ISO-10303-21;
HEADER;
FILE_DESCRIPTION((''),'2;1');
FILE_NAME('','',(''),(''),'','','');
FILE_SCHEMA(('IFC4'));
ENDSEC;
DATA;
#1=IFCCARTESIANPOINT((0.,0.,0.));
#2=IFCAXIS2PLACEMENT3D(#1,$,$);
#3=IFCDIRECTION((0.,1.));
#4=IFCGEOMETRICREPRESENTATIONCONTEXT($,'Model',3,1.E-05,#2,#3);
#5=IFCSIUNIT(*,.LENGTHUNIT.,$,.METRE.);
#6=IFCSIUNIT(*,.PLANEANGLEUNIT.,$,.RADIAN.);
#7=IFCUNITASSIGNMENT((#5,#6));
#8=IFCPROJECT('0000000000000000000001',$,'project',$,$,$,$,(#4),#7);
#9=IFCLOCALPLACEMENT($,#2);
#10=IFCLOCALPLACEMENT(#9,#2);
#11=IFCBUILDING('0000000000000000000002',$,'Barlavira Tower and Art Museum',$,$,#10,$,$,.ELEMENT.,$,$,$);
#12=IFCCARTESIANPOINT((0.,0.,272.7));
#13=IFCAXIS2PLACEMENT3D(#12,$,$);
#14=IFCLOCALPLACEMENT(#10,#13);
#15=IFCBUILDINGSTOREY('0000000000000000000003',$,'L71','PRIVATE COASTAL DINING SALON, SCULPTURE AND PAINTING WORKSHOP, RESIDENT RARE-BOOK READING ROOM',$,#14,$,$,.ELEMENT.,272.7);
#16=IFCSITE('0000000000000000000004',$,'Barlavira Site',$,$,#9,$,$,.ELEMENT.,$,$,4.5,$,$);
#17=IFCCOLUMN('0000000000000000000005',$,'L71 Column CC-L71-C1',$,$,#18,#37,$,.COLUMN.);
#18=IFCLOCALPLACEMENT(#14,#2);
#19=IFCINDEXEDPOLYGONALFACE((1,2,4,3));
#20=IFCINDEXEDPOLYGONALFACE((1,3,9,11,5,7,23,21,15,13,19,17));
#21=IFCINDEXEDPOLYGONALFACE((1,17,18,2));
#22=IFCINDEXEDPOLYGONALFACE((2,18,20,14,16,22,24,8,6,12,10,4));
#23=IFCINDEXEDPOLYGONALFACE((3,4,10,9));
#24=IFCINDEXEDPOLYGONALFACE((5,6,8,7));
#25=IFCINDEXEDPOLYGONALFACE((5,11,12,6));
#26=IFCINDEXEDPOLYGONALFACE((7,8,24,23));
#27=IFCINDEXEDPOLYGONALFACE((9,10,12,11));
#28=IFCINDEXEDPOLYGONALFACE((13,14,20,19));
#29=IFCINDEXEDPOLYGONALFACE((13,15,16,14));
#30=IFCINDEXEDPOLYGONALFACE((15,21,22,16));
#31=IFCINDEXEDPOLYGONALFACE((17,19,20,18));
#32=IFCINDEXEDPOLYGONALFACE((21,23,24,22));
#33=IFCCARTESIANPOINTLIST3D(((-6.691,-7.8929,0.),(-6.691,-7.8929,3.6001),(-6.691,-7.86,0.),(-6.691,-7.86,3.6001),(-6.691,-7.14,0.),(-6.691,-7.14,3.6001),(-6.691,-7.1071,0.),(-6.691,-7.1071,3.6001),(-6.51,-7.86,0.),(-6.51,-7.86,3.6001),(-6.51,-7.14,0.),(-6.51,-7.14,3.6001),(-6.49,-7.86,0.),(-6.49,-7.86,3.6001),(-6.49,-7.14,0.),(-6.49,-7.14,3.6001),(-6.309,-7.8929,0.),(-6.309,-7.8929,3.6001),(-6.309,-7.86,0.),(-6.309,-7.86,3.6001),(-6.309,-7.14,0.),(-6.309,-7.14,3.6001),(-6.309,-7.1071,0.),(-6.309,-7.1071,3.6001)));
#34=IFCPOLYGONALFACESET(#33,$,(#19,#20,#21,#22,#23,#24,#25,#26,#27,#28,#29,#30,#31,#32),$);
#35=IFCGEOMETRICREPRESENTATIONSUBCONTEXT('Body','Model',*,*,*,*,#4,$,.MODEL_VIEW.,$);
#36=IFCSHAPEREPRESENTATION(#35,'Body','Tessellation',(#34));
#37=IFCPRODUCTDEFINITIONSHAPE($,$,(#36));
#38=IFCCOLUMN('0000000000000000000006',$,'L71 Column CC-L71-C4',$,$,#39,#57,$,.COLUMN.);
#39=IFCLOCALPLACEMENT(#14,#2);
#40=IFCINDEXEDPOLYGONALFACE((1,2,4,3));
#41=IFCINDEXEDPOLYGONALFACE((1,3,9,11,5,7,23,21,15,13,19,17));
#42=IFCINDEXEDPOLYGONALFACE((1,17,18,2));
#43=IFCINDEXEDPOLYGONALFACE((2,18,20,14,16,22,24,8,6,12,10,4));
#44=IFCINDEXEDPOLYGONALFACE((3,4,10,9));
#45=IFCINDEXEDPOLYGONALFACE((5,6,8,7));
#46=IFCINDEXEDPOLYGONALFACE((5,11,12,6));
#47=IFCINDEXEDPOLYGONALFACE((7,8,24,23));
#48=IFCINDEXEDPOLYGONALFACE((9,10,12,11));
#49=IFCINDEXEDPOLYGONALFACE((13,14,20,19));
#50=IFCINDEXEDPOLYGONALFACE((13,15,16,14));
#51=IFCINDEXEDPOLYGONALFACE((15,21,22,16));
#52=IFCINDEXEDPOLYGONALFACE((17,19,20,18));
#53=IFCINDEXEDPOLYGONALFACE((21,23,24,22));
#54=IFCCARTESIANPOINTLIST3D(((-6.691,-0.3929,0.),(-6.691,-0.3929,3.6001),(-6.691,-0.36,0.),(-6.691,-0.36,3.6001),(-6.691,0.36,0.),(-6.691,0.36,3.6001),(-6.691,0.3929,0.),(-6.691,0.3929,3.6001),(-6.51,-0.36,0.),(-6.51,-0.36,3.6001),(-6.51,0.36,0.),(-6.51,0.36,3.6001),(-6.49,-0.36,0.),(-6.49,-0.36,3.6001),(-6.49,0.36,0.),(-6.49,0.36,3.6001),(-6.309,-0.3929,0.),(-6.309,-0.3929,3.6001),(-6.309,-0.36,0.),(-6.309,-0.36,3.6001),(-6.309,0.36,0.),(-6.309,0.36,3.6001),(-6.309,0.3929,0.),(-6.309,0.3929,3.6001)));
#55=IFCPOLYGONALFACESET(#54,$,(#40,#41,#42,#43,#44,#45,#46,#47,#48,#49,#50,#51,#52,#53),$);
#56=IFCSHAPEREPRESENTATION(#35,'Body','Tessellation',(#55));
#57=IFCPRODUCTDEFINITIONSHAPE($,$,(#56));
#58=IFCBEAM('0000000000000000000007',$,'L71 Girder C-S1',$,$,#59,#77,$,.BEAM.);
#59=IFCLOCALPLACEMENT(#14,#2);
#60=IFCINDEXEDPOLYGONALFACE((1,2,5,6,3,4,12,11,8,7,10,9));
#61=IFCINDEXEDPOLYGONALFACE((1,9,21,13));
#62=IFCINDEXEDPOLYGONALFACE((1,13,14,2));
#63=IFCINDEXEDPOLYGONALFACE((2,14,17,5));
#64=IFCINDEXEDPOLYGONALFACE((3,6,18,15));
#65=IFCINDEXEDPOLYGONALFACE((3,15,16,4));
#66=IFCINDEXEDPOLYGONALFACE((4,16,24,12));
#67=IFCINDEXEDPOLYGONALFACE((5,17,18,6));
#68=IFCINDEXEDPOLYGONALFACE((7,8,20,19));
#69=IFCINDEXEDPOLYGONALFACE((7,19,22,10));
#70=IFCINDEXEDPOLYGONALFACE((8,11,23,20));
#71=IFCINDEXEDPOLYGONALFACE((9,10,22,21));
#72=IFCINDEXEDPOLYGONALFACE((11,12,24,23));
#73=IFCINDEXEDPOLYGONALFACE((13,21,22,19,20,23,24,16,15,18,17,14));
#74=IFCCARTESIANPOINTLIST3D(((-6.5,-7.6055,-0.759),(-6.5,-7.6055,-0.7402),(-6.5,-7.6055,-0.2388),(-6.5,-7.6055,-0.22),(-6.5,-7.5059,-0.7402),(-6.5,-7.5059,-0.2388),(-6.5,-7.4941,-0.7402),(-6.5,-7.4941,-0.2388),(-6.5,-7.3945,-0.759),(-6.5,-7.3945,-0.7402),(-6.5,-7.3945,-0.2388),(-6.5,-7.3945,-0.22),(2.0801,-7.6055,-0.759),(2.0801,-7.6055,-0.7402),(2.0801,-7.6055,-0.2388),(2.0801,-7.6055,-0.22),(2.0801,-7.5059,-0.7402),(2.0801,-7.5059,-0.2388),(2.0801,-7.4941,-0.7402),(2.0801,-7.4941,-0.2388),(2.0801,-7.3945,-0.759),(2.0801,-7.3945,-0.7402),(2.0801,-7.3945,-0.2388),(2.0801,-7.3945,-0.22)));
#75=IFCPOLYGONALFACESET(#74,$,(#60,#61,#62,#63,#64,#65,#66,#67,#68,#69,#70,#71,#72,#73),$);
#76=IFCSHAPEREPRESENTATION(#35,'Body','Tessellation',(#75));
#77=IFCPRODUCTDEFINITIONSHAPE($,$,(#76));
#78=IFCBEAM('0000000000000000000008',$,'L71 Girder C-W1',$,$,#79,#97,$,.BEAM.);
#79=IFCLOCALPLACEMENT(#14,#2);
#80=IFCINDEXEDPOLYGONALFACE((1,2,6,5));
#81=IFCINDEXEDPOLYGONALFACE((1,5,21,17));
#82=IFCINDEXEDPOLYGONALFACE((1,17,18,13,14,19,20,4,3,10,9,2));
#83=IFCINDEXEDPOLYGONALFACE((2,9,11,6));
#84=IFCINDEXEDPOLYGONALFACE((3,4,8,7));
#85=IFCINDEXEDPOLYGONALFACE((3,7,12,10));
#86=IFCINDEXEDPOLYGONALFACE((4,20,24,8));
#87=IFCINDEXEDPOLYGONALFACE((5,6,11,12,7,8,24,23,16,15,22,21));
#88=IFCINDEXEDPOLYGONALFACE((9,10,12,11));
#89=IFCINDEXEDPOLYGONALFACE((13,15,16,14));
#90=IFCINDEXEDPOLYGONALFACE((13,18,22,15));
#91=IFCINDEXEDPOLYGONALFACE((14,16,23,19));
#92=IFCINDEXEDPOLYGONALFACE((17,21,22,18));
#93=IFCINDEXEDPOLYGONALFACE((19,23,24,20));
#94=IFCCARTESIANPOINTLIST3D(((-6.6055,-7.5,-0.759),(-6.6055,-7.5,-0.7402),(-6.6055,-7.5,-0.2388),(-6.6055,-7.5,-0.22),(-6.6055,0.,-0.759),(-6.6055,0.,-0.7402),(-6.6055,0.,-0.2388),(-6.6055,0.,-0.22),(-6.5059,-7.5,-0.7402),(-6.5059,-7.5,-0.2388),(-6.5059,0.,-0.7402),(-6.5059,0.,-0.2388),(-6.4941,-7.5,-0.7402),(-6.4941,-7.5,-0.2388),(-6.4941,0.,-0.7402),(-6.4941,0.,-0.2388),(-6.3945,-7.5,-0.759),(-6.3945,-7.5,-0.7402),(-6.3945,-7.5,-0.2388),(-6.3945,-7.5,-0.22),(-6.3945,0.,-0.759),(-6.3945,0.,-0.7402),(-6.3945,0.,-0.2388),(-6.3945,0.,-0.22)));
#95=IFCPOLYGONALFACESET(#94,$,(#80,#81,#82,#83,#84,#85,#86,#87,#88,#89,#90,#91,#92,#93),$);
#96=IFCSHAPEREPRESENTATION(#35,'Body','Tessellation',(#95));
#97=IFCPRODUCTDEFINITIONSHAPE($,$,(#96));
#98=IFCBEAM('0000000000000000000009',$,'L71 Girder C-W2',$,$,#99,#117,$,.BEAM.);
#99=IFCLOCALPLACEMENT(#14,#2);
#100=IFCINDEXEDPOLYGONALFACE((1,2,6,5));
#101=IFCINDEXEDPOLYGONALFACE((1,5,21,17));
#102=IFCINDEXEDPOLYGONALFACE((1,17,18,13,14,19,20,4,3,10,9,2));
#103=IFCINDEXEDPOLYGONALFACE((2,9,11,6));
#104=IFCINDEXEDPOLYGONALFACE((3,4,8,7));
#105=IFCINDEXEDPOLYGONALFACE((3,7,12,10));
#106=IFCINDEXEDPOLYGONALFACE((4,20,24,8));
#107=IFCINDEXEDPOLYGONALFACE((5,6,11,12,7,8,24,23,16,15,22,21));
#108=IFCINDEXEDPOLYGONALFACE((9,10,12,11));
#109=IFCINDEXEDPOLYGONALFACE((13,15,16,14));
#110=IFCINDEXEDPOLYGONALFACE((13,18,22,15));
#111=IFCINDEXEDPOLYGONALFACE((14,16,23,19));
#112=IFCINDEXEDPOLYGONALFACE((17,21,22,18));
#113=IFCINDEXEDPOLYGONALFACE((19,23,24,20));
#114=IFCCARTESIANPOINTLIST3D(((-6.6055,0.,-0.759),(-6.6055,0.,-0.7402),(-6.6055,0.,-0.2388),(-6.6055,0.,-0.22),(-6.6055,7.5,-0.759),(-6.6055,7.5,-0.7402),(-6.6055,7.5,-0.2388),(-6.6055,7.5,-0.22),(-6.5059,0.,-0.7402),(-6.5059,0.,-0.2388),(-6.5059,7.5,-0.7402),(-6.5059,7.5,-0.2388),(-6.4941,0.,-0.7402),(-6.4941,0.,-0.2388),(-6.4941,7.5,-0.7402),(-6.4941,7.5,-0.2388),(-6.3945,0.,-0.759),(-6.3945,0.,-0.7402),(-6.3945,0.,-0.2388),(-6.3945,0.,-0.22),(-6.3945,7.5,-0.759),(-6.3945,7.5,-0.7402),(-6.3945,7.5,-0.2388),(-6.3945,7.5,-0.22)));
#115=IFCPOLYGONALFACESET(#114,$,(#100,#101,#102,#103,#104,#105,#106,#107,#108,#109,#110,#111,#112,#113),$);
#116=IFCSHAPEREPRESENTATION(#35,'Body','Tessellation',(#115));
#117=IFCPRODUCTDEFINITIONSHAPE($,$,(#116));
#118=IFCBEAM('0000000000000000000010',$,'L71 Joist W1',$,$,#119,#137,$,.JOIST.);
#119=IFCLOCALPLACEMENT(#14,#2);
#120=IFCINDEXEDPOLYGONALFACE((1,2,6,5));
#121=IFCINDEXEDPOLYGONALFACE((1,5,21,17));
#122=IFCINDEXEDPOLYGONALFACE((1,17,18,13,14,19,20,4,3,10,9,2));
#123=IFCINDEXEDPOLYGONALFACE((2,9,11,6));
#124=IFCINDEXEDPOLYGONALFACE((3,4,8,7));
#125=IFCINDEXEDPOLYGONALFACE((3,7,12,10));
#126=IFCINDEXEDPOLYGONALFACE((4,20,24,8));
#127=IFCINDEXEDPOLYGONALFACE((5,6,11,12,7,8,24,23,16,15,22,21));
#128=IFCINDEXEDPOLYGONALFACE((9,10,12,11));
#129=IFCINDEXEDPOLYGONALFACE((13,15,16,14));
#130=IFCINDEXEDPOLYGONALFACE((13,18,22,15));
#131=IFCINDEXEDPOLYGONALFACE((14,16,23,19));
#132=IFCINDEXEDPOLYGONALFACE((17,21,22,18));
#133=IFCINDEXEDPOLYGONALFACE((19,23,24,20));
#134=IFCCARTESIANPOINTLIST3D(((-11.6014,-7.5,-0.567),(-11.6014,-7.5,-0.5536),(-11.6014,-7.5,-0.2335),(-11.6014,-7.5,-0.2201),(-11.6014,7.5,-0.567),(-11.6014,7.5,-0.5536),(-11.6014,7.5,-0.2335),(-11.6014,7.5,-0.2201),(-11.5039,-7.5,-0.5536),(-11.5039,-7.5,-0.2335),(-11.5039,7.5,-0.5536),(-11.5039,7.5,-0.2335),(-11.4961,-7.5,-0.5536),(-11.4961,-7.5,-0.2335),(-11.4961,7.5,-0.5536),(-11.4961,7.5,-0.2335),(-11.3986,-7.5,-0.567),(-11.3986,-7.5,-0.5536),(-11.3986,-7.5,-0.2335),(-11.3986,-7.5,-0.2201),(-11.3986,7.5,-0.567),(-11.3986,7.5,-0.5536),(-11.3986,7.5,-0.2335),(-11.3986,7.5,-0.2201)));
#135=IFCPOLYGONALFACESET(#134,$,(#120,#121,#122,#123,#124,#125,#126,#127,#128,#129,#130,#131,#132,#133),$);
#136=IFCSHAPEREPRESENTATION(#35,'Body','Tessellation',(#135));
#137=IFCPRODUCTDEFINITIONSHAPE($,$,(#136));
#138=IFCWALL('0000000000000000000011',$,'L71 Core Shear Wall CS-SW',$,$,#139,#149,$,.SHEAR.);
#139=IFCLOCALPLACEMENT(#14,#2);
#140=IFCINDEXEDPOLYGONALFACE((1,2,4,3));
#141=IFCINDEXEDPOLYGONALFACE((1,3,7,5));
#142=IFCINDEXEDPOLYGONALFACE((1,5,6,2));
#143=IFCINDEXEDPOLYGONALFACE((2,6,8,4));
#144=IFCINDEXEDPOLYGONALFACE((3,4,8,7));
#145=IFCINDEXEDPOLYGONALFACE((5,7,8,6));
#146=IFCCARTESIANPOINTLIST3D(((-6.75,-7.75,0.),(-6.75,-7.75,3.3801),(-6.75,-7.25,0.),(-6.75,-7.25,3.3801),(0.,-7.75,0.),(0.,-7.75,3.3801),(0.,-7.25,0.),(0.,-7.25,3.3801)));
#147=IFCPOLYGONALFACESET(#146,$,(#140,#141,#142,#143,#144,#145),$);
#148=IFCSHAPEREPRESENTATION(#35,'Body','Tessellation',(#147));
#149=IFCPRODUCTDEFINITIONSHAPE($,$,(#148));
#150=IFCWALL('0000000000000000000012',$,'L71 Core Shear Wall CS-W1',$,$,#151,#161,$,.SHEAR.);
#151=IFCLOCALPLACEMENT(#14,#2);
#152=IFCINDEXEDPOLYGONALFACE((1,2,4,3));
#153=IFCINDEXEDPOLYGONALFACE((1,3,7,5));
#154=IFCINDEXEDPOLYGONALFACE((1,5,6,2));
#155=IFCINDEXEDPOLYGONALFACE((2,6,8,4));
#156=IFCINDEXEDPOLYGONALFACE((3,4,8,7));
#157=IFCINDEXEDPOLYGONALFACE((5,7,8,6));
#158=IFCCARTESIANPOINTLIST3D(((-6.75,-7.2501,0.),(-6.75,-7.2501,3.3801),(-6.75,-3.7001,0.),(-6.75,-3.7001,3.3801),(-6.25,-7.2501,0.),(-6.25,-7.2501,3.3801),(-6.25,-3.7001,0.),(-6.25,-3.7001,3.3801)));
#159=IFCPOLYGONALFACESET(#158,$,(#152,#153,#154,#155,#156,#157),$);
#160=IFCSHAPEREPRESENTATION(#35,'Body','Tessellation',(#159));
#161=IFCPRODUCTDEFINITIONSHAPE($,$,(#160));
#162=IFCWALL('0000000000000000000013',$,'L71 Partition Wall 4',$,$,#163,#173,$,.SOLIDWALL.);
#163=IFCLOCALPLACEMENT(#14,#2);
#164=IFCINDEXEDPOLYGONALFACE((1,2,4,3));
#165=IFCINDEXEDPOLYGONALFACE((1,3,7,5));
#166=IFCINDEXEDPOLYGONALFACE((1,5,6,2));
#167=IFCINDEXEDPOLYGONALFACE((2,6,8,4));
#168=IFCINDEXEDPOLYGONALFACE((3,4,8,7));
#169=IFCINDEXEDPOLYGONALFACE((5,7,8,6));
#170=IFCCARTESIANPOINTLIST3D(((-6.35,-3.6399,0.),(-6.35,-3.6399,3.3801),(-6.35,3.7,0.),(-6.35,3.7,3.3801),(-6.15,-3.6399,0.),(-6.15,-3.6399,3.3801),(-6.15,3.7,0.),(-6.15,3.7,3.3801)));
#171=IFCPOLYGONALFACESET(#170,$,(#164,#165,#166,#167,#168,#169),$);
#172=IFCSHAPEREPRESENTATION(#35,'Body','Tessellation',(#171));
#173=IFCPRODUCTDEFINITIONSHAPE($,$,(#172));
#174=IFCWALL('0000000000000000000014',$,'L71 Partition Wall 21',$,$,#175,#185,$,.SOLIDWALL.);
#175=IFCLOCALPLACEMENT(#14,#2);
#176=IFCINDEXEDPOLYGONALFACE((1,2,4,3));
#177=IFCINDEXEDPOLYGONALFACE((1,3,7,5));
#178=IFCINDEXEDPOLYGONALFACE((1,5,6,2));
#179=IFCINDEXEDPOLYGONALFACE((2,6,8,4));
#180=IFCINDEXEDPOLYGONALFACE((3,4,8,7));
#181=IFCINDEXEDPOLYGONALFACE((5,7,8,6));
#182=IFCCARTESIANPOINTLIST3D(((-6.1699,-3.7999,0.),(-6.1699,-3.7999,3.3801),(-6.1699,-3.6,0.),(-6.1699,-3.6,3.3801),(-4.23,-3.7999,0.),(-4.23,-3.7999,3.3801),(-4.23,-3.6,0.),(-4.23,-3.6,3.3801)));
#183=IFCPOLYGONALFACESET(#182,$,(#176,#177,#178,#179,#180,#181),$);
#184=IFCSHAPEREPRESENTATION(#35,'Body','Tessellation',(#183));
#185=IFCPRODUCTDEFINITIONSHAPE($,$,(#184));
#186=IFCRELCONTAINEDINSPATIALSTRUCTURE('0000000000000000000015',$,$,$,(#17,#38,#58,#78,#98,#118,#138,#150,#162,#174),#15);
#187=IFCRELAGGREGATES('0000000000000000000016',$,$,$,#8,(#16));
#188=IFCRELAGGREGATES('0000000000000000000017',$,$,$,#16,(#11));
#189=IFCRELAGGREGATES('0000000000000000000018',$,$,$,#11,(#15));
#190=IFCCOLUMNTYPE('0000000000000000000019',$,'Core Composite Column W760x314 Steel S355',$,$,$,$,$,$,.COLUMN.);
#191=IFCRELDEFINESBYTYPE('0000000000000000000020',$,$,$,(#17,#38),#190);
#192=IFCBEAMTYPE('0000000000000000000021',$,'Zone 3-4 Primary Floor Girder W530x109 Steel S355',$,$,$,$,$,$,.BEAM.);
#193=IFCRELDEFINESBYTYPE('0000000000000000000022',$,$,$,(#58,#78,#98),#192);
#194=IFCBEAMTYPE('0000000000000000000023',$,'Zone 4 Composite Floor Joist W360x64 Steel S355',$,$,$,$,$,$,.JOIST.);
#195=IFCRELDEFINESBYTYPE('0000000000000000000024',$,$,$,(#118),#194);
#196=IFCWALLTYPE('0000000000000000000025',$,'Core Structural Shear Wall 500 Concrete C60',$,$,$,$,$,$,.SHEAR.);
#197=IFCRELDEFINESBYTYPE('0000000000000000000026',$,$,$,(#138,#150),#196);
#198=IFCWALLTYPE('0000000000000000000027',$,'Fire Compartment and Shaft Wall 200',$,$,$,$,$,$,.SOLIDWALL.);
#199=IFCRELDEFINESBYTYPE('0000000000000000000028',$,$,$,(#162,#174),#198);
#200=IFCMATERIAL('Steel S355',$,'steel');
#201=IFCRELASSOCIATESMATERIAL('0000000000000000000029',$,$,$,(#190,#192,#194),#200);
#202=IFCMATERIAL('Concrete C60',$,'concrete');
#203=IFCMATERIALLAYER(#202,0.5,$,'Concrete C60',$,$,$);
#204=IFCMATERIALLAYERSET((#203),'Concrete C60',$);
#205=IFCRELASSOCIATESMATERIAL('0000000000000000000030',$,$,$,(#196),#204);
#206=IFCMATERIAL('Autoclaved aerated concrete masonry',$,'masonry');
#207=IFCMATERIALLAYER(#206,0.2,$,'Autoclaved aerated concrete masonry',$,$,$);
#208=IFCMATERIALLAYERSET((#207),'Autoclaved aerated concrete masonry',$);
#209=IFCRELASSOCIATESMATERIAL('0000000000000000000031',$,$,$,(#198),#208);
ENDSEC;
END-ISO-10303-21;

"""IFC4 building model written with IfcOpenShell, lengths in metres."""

from ifc_helpers import new_model, si_unit, direction, frame, frame_2d, origin, origin_2d, place, context, subcontext, project, spatial, rectangle, i_section, extrude, material, layer, layer_set, material_profile, profile_set, type_object, element, save


model = new_model("IFC4")

# Units and contexts
model_context = context("Model", 3, precision=1e-05, world=origin(), true_north=direction((0.0, 1.0)))
body_context = subcontext(model_context, "Body", "Model", "MODEL_VIEW")
ifc_project = project(units=[si_unit("LENGTHUNIT", "METRE"), si_unit("PLANEANGLEUNIT", "RADIAN")], contexts=[model_context])

# Site, building, storey
site_placement = place(None, origin())
site = spatial("IfcSite", under=ifc_project, at=site_placement, Name="Barlavira Site", CompositionType="ELEMENT", RefElevation=4.5)
building_placement = place(site_placement, origin())
building = spatial("IfcBuilding", under=site, at=building_placement, Name="Barlavira Tower and Art Museum", CompositionType="ELEMENT")
storey_placement = place(building_placement, frame((0.0, 0.0, 272.7)))
storey = spatial("IfcBuildingStorey", under=building, at=storey_placement, Name="L71", Description="PRIVATE COASTAL DINING SALON, SCULPTURE AND PAINTING WORKSHOP, RESIDENT RARE-BOOK READING ROOM", CompositionType="ELEMENT", Elevation=272.7)

# Columns
ifc_material_1 = material(Name="Steel S355", Category="steel")
ifc_material_profile_1 = material_profile(ifc_material_1, i_section(OverallWidth=0.3821, OverallDepth=0.7859, WebThickness=0.02, FlangeThickness=0.033, at=origin_2d()), Name="W760x314.0")
ifc_profile_set_1 = profile_set([ifc_material_profile_1], Name="Steel S355")
column_type = type_object("IfcColumnType", Name="Core Composite Column W760x314 Steel S355", PredefinedType="COLUMN", material=ifc_profile_set_1)
for number, where, z_axis, x_axis, name in (
    (1, (-6.5, -7.5, 0.0), (0.0, 0.0, 1.0), (1.0, 0.0, 0.0), "L71 Column CC-L71-C1"),
    (2, (-6.5, 0.0, 0.0), (0.0, 0.0, 1.0), (1.0, 0.0, 0.0), "L71 Column CC-L71-C4"),
):
    element("IfcColumn", number, at=place(storey_placement, frame(where, z_axis=z_axis, x_axis=x_axis)), inside=storey, type_object=column_type, Name=name, PredefinedType="COLUMN", context=body_context, shape_type="SweptSolid", body=[
        extrude(i_section(OverallWidth=0.3821, OverallDepth=0.7859, WebThickness=0.02, FlangeThickness=0.033, at=origin_2d()), origin(), (0.0, 0.0, 1.0), 3.6001),
    ])

# Beams
ifc_material_profile_2 = material_profile(ifc_material_1, i_section(OverallWidth=0.2109, OverallDepth=0.5391, WebThickness=0.0117, FlangeThickness=0.0188, at=origin_2d()), Name="W530x109.0")
ifc_profile_set_2 = profile_set([ifc_material_profile_2], Name="Steel S355")
beam_type_1 = type_object("IfcBeamType", Name="Zone 3-4 Primary Floor Girder W530x109 Steel S355", PredefinedType="BEAM", material=ifc_profile_set_2)
beam_1_placement = place(storey_placement, frame((-6.5, -7.5, -0.4895), z_axis=(1.0, 0.0, 0.0), x_axis=(0.0, 1.0, 0.0)))
element("IfcBeam", 3, at=beam_1_placement, inside=storey, type_object=beam_type_1, Name="L71 Girder C-S1", PredefinedType="BEAM", context=body_context, shape_type="SweptSolid", body=[
    extrude(i_section(OverallWidth=0.2109, OverallDepth=0.5391, WebThickness=0.0117, FlangeThickness=0.0188, at=origin_2d()), origin(), (0.0, 0.0, 1.0), 8.5801),
])
for number, where, z_axis, x_axis, name in (
    (4, (-6.5, -7.5, -0.4895), (0.0, 1.0, 0.0), (-1.0, 0.0, 0.0), "L71 Girder C-W1"),
    (5, (-6.5, 0.0, -0.4895), (0.0, 1.0, 0.0), (-1.0, 0.0, 0.0), "L71 Girder C-W2"),
):
    element("IfcBeam", number, at=place(storey_placement, frame(where, z_axis=z_axis, x_axis=x_axis)), inside=storey, type_object=beam_type_1, Name=name, PredefinedType="BEAM", context=body_context, shape_type="SweptSolid", body=[
        extrude(i_section(OverallWidth=0.2109, OverallDepth=0.5391, WebThickness=0.0117, FlangeThickness=0.0188, at=origin_2d()), origin(), (0.0, 0.0, 1.0), 7.5),
    ])
ifc_material_profile_3 = material_profile(ifc_material_1, i_section(OverallWidth=0.2029, OverallDepth=0.3469, WebThickness=0.0078, FlangeThickness=0.0134, at=origin_2d()), Name="W360x64.0")
ifc_profile_set_3 = profile_set([ifc_material_profile_3], Name="Steel S355")
beam_type_2 = type_object("IfcBeamType", Name="Zone 4 Composite Floor Joist W360x64 Steel S355", PredefinedType="JOIST", material=ifc_profile_set_3)
beam_2_placement = place(storey_placement, frame((-11.5, -7.5, -0.3936), z_axis=(0.0, 1.0, 0.0), x_axis=(-1.0, 0.0, 0.0)))
element("IfcBeam", 6, at=beam_2_placement, inside=storey, type_object=beam_type_2, Name="L71 Joist W1", PredefinedType="JOIST", context=body_context, shape_type="SweptSolid", body=[
    extrude(i_section(OverallWidth=0.2029, OverallDepth=0.3469, WebThickness=0.0078, FlangeThickness=0.0134, at=origin_2d()), origin(), (0.0, 0.0, 1.0), 15.0),
])

# Walls
ifc_material_2 = material(Name="Concrete C60", Category="concrete")
ifc_layer_1 = layer(ifc_material_2, 0.5, Name="Concrete C60")
ifc_layer_set_1 = layer_set([ifc_layer_1], Name="Concrete C60")
wall_type_1 = type_object("IfcWallType", Name="Core Structural Shear Wall 500 Concrete C60", PredefinedType="SHEAR", material=ifc_layer_set_1)
wall_1_placement = place(storey_placement, frame((-6.75, -7.5, 0.0), z_axis=(0.0, 0.0, 1.0), x_axis=(1.0, 0.0, 0.0)))
element("IfcWall", 7, at=wall_1_placement, inside=storey, type_object=wall_type_1, Name="L71 Core Shear Wall CS-SW", PredefinedType="SHEAR", context=body_context, shape_type="SweptSolid", body=[
    extrude(rectangle(XDim=6.75, YDim=0.5, at=frame_2d((3.375, 0.0))), origin(), (0.0, 0.0, 1.0), 3.3801),
])
wall_2_placement = place(storey_placement, frame((-6.5, -7.25, 0.0), z_axis=(0.0, 0.0, 1.0), x_axis=(0.0, 1.0, 0.0)))
element("IfcWall", 8, at=wall_2_placement, inside=storey, type_object=wall_type_1, Name="L71 Core Shear Wall CS-W1", PredefinedType="SHEAR", context=body_context, shape_type="SweptSolid", body=[
    extrude(rectangle(XDim=3.55, YDim=0.5, at=frame_2d((1.7749, 0.0))), origin(), (0.0, 0.0, 1.0), 3.3801),
])
ifc_material_3 = material(Name="Autoclaved aerated concrete masonry", Category="masonry")
ifc_layer_2 = layer(ifc_material_3, 0.2, Name="Autoclaved aerated concrete masonry")
ifc_layer_set_2 = layer_set([ifc_layer_2], Name="Autoclaved aerated concrete masonry")
wall_type_2 = type_object("IfcWallType", Name="Fire Compartment and Shaft Wall 200", PredefinedType="SOLIDWALL", material=ifc_layer_set_2)
wall_3_placement = place(storey_placement, frame((-6.25, -3.6399, 0.0), z_axis=(0.0, 0.0, 1.0), x_axis=(0.0, 1.0, 0.0)))
element("IfcWall", 9, at=wall_3_placement, inside=storey, type_object=wall_type_2, Name="L71 Partition Wall 4", PredefinedType="SOLIDWALL", context=body_context, shape_type="SweptSolid", body=[
    extrude(rectangle(XDim=7.3398, YDim=0.2, at=frame_2d((3.6699, 0.0))), origin(), (0.0, 0.0, 1.0), 3.3801),
])

# Wall
wall_4_placement = place(storey_placement, frame((-6.1699, -3.7, 0.0), z_axis=(0.0, 0.0, 1.0), x_axis=(1.0, 0.0, 0.0)))
element("IfcWall", 10, at=wall_4_placement, inside=storey, type_object=wall_type_2, Name="L71 Partition Wall 21", PredefinedType="SOLIDWALL", context=body_context, shape_type="SweptSolid", body=[
    extrude(rectangle(XDim=1.9399, YDim=0.2, at=frame_2d((0.97, 0.0))), origin(), (0.0, 0.0, 1.0), 3.3801),
])

save(model, "model.ifc")
